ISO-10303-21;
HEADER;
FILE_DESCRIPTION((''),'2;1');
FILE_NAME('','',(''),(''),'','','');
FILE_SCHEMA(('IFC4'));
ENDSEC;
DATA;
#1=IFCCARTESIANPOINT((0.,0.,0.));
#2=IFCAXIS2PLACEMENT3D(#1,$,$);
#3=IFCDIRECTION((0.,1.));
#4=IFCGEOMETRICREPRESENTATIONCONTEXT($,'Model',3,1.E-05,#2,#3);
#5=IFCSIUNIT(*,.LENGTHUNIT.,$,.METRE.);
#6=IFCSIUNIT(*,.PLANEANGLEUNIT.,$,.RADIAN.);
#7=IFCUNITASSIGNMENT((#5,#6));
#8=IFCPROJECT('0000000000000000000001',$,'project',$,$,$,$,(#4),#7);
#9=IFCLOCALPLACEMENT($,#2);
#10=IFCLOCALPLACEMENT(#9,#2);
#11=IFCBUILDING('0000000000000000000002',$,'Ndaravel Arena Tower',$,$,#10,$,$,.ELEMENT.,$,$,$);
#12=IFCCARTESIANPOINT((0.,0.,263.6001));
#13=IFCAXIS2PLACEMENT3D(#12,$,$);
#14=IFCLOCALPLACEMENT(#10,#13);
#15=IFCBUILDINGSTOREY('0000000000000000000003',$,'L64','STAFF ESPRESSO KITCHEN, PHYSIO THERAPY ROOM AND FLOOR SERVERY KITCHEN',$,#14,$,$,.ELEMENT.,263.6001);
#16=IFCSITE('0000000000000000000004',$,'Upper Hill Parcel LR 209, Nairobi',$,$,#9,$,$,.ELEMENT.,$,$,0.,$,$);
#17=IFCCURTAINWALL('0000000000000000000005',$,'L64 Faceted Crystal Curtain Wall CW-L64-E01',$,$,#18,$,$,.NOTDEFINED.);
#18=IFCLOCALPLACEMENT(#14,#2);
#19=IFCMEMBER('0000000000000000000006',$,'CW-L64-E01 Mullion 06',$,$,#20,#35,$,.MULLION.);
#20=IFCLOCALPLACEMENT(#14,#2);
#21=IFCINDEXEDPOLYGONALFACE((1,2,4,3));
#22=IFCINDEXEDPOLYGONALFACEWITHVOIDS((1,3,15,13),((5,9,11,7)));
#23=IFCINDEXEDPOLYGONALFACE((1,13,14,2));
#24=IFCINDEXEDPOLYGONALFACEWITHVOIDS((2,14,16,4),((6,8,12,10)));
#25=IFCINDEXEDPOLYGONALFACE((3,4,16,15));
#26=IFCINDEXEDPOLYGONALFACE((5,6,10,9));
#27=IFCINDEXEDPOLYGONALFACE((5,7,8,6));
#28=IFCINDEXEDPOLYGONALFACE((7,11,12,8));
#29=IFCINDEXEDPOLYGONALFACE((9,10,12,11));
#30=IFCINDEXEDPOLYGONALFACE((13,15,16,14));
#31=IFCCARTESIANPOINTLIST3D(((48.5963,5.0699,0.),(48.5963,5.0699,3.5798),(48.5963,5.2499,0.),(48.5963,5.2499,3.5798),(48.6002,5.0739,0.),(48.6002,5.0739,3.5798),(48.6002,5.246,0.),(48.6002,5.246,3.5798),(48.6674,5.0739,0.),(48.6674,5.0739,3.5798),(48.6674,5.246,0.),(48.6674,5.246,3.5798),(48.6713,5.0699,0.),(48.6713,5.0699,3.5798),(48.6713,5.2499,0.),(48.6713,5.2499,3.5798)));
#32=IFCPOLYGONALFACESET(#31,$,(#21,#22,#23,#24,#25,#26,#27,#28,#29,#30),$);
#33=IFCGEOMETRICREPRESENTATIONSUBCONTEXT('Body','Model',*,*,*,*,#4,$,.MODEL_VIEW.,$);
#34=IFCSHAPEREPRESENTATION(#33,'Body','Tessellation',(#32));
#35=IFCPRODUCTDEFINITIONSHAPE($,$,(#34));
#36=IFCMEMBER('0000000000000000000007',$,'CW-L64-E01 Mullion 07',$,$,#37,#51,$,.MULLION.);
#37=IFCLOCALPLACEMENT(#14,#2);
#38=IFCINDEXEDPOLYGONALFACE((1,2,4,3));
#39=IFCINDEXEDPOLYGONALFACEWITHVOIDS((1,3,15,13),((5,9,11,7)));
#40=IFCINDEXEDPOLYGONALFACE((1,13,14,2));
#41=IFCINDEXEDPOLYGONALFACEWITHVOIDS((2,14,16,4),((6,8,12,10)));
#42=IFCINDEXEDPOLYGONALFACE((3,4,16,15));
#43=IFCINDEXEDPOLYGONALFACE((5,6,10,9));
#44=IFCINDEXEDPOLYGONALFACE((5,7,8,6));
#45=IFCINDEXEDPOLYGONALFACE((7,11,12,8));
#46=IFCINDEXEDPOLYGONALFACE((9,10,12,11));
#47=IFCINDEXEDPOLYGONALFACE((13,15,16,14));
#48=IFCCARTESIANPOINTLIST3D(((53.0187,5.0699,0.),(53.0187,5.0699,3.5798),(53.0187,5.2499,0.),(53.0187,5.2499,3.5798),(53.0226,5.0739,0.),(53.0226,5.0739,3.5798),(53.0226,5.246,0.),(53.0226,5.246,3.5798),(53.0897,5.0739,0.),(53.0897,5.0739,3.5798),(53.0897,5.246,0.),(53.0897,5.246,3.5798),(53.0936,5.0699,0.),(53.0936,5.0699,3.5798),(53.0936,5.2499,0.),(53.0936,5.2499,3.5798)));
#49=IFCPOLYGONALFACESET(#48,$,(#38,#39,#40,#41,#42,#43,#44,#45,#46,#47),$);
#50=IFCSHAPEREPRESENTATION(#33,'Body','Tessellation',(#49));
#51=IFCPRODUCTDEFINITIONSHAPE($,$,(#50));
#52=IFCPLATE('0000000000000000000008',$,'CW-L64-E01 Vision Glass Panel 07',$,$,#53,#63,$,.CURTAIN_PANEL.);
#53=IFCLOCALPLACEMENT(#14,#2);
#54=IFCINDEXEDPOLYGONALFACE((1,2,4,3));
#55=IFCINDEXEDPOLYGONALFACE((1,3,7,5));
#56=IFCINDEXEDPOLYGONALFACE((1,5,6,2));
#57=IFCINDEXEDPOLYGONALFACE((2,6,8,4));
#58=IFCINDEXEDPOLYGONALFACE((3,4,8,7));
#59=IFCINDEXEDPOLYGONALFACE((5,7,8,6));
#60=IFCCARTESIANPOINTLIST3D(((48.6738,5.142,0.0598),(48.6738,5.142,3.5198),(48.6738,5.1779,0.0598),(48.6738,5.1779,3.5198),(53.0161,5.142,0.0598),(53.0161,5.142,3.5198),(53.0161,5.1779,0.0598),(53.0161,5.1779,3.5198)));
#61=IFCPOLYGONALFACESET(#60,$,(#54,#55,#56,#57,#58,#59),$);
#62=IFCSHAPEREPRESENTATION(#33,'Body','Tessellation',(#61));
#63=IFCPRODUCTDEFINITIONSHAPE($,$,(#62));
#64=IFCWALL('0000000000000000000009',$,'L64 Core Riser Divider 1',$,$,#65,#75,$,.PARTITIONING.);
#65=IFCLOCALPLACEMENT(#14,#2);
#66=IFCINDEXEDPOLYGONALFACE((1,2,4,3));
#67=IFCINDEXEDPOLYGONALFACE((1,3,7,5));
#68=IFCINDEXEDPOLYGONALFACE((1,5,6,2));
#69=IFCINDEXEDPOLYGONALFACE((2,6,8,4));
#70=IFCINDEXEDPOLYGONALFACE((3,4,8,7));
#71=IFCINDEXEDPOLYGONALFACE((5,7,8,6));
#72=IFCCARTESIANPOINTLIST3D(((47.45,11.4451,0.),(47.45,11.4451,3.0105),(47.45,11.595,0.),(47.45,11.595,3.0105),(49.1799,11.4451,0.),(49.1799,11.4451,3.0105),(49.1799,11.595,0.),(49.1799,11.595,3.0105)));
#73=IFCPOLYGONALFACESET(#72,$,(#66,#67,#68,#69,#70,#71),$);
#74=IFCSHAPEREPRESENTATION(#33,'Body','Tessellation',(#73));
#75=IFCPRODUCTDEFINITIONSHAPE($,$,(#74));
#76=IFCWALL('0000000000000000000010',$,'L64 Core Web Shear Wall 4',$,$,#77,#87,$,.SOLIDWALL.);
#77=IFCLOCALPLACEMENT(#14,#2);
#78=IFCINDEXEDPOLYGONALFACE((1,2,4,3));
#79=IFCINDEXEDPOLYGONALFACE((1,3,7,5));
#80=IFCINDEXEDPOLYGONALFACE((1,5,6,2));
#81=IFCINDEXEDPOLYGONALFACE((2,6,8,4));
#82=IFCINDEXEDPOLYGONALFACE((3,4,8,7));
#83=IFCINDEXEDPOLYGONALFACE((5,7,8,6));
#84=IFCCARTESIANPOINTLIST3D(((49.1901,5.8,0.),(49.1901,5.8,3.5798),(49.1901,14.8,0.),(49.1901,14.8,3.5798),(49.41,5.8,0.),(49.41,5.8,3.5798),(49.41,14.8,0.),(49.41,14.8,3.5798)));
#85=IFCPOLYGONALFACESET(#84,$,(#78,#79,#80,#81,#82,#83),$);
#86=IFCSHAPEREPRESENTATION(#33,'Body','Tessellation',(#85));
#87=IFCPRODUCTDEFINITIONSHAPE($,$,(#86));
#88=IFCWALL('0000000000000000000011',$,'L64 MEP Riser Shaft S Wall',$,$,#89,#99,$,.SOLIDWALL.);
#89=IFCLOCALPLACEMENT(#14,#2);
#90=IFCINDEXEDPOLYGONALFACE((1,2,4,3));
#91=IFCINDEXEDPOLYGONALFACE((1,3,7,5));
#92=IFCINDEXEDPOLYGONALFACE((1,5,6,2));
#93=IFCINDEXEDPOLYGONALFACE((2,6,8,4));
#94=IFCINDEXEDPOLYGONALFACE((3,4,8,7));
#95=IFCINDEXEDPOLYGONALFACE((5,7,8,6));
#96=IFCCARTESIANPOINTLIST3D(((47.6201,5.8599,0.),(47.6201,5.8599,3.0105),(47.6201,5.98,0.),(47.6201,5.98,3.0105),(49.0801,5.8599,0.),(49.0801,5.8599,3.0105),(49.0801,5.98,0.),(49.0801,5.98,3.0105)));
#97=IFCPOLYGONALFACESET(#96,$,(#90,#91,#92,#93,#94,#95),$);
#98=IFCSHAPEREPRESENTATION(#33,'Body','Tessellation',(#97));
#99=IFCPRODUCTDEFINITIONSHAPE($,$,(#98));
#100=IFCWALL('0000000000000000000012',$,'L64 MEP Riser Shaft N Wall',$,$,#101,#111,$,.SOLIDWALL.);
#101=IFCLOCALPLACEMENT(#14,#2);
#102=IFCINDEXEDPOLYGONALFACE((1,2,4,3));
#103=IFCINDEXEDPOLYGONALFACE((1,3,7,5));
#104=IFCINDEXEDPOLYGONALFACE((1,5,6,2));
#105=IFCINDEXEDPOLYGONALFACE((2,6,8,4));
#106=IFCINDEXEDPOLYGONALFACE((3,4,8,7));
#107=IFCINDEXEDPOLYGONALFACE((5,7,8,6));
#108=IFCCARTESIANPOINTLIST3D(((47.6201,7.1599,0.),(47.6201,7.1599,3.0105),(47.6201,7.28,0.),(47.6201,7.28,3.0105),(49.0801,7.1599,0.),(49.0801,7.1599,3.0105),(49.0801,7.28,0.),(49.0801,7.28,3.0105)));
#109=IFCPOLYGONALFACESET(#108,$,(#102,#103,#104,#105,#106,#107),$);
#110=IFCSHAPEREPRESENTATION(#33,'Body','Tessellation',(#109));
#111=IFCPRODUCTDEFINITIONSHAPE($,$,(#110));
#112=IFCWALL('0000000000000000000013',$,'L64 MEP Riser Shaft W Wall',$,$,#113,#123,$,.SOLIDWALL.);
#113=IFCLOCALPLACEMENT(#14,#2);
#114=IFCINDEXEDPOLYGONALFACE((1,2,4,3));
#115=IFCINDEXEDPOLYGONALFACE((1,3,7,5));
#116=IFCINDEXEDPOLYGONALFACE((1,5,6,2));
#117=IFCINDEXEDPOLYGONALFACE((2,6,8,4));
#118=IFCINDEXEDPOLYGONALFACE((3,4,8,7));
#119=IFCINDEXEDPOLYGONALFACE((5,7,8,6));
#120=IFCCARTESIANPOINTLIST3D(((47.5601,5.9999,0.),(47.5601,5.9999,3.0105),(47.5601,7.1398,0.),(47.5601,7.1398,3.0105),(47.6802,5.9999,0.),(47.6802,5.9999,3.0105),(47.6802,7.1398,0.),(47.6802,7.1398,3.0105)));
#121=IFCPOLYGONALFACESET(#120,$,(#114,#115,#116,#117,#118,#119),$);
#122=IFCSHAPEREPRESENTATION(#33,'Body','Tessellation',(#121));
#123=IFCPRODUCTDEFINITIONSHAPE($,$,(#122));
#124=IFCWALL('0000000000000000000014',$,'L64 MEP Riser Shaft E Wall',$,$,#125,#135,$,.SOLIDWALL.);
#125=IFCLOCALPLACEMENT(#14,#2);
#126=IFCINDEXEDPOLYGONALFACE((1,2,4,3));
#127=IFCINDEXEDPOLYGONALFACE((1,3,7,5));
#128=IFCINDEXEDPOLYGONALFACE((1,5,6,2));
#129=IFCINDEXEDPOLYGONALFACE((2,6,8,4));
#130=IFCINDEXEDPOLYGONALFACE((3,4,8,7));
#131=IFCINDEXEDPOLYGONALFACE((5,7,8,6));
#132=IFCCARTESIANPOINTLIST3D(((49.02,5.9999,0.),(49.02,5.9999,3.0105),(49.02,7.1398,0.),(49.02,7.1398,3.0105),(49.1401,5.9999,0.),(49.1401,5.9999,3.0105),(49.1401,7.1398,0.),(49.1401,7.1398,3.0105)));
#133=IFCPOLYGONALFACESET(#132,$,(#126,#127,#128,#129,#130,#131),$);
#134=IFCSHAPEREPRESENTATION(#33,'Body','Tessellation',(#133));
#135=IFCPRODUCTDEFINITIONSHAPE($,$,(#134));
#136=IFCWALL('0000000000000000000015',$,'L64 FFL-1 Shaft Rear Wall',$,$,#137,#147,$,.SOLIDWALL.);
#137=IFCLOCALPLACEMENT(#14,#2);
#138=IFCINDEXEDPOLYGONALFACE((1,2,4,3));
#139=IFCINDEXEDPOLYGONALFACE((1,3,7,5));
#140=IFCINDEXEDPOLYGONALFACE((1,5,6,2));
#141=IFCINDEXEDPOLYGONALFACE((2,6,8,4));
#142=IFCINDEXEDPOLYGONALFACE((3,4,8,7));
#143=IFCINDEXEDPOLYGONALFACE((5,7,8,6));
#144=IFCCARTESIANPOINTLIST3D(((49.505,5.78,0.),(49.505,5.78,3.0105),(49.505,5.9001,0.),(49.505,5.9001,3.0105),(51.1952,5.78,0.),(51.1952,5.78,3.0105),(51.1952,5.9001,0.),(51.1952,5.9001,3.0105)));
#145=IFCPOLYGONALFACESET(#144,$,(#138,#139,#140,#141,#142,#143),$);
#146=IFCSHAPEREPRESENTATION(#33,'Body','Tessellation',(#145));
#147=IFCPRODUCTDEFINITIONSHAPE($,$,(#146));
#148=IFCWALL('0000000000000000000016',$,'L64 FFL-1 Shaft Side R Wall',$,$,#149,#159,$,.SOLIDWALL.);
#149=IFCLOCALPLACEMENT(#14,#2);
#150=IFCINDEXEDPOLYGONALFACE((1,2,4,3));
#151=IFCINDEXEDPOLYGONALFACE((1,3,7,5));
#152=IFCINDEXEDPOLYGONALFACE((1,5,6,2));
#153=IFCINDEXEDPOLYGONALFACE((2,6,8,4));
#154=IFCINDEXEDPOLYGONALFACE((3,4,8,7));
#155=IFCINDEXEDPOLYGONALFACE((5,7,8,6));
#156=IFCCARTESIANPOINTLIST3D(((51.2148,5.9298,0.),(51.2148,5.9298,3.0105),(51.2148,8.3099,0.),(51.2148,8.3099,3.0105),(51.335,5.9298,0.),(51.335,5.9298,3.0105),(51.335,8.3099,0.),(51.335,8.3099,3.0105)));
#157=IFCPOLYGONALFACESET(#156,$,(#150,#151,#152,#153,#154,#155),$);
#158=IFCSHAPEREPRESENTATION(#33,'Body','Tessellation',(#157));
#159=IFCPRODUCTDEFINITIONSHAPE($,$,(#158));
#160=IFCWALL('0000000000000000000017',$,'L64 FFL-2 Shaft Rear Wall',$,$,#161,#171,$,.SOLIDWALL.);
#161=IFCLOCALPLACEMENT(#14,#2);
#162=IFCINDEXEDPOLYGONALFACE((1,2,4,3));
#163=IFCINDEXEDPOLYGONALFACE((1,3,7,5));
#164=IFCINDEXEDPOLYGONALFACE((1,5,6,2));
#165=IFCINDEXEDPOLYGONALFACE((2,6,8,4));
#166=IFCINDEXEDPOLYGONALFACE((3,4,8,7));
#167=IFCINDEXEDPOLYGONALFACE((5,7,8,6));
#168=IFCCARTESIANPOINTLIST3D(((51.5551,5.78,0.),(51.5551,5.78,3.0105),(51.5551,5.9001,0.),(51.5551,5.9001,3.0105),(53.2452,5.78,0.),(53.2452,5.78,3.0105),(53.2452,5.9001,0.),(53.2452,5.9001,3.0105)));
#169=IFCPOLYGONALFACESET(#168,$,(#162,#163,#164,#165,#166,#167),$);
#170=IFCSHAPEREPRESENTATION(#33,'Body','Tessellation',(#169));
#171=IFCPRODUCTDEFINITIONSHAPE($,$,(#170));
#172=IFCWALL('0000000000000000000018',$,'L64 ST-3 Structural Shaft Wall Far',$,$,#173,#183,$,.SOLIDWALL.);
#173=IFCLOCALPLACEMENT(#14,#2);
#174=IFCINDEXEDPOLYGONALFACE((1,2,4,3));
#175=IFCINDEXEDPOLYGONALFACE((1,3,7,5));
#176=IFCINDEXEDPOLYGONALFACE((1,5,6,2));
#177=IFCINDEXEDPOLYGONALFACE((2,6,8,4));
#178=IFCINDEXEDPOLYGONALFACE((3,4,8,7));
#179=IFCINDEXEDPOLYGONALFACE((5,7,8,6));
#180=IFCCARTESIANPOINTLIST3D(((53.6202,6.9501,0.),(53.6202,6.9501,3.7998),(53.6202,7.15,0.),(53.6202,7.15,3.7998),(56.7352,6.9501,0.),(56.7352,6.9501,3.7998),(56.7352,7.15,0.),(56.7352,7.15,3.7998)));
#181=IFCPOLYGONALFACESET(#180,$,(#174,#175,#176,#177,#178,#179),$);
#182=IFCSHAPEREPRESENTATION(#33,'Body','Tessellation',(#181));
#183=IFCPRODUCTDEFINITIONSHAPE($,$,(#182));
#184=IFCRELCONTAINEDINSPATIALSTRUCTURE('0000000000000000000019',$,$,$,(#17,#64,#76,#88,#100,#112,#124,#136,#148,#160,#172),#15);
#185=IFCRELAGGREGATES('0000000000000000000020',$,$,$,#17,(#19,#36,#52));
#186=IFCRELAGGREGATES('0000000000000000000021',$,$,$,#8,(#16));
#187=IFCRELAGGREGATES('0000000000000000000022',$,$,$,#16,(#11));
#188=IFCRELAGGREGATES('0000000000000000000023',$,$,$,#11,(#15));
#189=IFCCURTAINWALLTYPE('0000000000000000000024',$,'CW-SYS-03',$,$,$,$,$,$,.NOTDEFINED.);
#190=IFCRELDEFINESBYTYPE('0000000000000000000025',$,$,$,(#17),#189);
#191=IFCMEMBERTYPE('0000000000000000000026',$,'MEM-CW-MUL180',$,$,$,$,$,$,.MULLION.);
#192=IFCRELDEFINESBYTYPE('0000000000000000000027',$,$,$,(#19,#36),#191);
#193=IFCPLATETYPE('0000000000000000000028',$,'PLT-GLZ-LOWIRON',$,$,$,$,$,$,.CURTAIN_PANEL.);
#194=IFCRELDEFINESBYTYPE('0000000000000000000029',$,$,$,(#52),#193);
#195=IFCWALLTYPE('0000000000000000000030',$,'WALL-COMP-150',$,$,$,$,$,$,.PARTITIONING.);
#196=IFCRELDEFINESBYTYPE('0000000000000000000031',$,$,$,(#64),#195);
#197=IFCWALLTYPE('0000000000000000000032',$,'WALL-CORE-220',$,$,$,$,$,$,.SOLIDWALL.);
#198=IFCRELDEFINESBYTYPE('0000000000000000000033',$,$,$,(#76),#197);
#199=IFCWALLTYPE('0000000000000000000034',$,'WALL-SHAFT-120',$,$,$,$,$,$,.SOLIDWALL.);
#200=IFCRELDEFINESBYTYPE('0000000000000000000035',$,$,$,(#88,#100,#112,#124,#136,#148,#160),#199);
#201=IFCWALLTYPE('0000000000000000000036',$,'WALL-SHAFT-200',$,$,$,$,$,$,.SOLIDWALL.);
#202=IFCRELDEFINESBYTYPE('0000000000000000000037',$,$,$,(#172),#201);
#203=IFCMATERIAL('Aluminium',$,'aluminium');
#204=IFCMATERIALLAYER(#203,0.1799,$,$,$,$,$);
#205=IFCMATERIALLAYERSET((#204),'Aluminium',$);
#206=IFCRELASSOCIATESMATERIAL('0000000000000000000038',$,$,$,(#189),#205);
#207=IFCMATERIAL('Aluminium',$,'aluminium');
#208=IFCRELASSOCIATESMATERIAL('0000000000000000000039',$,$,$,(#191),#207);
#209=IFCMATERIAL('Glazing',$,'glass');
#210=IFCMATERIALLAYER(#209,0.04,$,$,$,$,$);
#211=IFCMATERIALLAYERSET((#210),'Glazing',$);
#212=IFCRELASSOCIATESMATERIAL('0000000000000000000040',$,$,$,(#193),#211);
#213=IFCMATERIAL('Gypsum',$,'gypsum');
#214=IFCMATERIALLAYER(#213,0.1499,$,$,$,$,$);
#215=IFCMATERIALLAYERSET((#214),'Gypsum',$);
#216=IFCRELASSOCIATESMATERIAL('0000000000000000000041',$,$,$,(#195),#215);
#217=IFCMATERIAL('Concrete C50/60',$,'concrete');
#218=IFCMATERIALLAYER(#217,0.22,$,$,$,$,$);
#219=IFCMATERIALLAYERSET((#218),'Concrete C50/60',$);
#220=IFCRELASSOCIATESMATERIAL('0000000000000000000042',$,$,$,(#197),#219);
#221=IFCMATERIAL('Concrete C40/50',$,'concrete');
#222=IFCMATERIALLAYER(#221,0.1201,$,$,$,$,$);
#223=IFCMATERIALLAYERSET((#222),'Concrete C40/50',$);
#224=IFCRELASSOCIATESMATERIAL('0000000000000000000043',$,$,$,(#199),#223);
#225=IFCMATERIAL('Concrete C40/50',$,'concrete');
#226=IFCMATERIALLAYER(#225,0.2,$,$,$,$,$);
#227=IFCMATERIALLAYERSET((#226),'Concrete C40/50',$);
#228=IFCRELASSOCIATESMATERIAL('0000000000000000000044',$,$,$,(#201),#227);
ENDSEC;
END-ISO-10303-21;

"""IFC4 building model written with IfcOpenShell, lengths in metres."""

from ifc_helpers import new_model, si_unit, direction, frame, frame_2d, origin, origin_2d, place, context, subcontext, project, spatial, rectangle, hollow_rectangle, extrude, material, layer, layer_set, material_profile, profile_set, type_object, element, aggregate, save


model = new_model("IFC4")

# Units and contexts
model_context = context("Model", 3, precision=1e-05, world=origin(), true_north=direction((0.0, 1.0)))
body_context = subcontext(model_context, "Body", "Model", "MODEL_VIEW")
ifc_project = project(units=[si_unit("LENGTHUNIT", "METRE"), si_unit("PLANEANGLEUNIT", "RADIAN")], contexts=[model_context])

# Site, building, storey
site_placement = place(None, origin())
site = spatial("IfcSite", under=ifc_project, at=site_placement, Name="Upper Hill Parcel LR 209, Nairobi", CompositionType="ELEMENT", RefElevation=0.0)
building_placement = place(site_placement, origin())
building = spatial("IfcBuilding", under=site, at=building_placement, Name="Ndaravel Arena Tower", CompositionType="ELEMENT")
storey_placement = place(building_placement, frame((0.0, 0.0, 263.6001)))
storey = spatial("IfcBuildingStorey", under=building, at=storey_placement, Name="L64", Description="STAFF ESPRESSO KITCHEN, PHYSIO THERAPY ROOM AND FLOOR SERVERY KITCHEN", CompositionType="ELEMENT", Elevation=263.6001)

# Curtain wall, members, plate
ifc_material_1 = material(Name="Aluminium", Category="aluminium")
ifc_layer_1 = layer(ifc_material_1, 0.1799)
ifc_layer_set_1 = layer_set([ifc_layer_1], Name="Aluminium")
curtain_wall_type = type_object("IfcCurtainWallType", Name="CW-SYS-03", PredefinedType="NOTDEFINED", material=ifc_layer_set_1)
curtain_wall_placement = place(storey_placement, origin())
curtain_wall = element("IfcCurtainWall", 1, at=curtain_wall_placement, inside=storey, type_object=curtain_wall_type, Name="L64 Faceted Crystal Curtain Wall CW-L64-E01", PredefinedType="NOTDEFINED")
ifc_material_2 = material(Name="Aluminium", Category="aluminium")
ifc_material_profile = material_profile(ifc_material_2, hollow_rectangle(XDim=0.075, YDim=0.1799, WallThickness=0.0039, at=origin_2d()), Name="CW MULLION 75x180x4")
ifc_profile_set = profile_set([ifc_material_profile], Name="Aluminium")
member_type = type_object("IfcMemberType", Name="MEM-CW-MUL180", PredefinedType="MULLION", material=ifc_profile_set)
member_1_placement = place(storey_placement, frame((48.6338, 5.1599, 0.0), z_axis=(0.0, 0.0, 1.0), x_axis=(1.0, 0.0, 0.0)))
member_1 = element("IfcMember", 2, at=member_1_placement, type_object=member_type, Name="CW-L64-E01 Mullion 06", PredefinedType="MULLION", context=body_context, shape_type="SweptSolid", body=[
    extrude(hollow_rectangle(XDim=0.075, YDim=0.1799, WallThickness=0.0039, at=origin_2d()), origin(), (0.0, 0.0, 1.0), 3.5798),
])
member_2_placement = place(storey_placement, frame((53.0562, 5.1599, 0.0), z_axis=(0.0, 0.0, 1.0), x_axis=(1.0, 0.0, 0.0)))
member_2 = element("IfcMember", 3, at=member_2_placement, type_object=member_type, Name="CW-L64-E01 Mullion 07", PredefinedType="MULLION", context=body_context, shape_type="SweptSolid", body=[
    extrude(hollow_rectangle(XDim=0.075, YDim=0.1799, WallThickness=0.0039, at=origin_2d()), origin(), (0.0, 0.0, 1.0), 3.5798),
])
ifc_material_3 = material(Name="Glazing", Category="glass")
ifc_layer_2 = layer(ifc_material_3, 0.04)
ifc_layer_set_2 = layer_set([ifc_layer_2], Name="Glazing")
plate_type = type_object("IfcPlateType", Name="PLT-GLZ-LOWIRON", PredefinedType="CURTAIN_PANEL", material=ifc_layer_set_2)
plate_placement = place(storey_placement, frame((50.845, 5.1599, 0.0598), z_axis=(0.0, 0.0, 1.0), x_axis=(1.0, 0.0, 0.0)))
plate = element("IfcPlate", 4, at=plate_placement, type_object=plate_type, Name="CW-L64-E01 Vision Glass Panel 07", PredefinedType="CURTAIN_PANEL", context=body_context, shape_type="SweptSolid", body=[
    extrude(rectangle(XDim=4.3423, YDim=0.0359, at=origin_2d()), origin(), (0.0, 0.0, 1.0), 3.46),
])
aggregate(curtain_wall, [member_1, member_2, plate])

# Walls
ifc_material_4 = material(Name="Gypsum", Category="gypsum")
ifc_layer_3 = layer(ifc_material_4, 0.1499)
ifc_layer_set_3 = layer_set([ifc_layer_3], Name="Gypsum")
wall_type_1 = type_object("IfcWallType", Name="WALL-COMP-150", PredefinedType="PARTITIONING", material=ifc_layer_set_3)
wall_1_placement = place(storey_placement, frame((47.45, 11.52, 0.0), z_axis=(0.0, 0.0, 1.0), x_axis=(1.0, 0.0, 0.0)))
element("IfcWall", 5, at=wall_1_placement, inside=storey, type_object=wall_type_1, Name="L64 Core Riser Divider 1", PredefinedType="PARTITIONING", context=body_context, shape_type="SweptSolid", body=[
    extrude(rectangle(XDim=1.73, YDim=0.1499, at=frame_2d((0.865, 0.0))), origin(), (0.0, 0.0, 1.0), 3.0105),
])
ifc_material_5 = material(Name="Concrete C50/60", Category="concrete")
ifc_layer_4 = layer(ifc_material_5, 0.22)
ifc_layer_set_4 = layer_set([ifc_layer_4], Name="Concrete C50/60")
wall_type_2 = type_object("IfcWallType", Name="WALL-CORE-220", PredefinedType="SOLIDWALL", material=ifc_layer_set_4)
wall_2_placement = place(storey_placement, frame((49.3, 5.8, 0.0), z_axis=(0.0, 0.0, 1.0), x_axis=(0.0, 1.0, 0.0)))
element("IfcWall", 6, at=wall_2_placement, inside=storey, type_object=wall_type_2, Name="L64 Core Web Shear Wall 4", PredefinedType="SOLIDWALL", context=body_context, shape_type="SweptSolid", body=[
    extrude(rectangle(XDim=9.0, YDim=0.22, at=frame_2d((4.5, 0.0))), origin(), (0.0, 0.0, 1.0), 3.5798),
])

# Walls
ifc_material_6 = material(Name="Concrete C40/50", Category="concrete")
ifc_layer_5 = layer(ifc_material_6, 0.1201)
ifc_layer_set_5 = layer_set([ifc_layer_5], Name="Concrete C40/50")
wall_type_3 = type_object("IfcWallType", Name="WALL-SHAFT-120", PredefinedType="SOLIDWALL", material=ifc_layer_set_5)
for number, where, z_axis, x_axis, name in (
    (7, (47.6201, 5.9199, 0.0), (0.0, 0.0, 1.0), (1.0, 0.0, 0.0), "L64 MEP Riser Shaft S Wall"),
    (8, (47.6201, 7.22, 0.0), (0.0, 0.0, 1.0), (1.0, 0.0, 0.0), "L64 MEP Riser Shaft N Wall"),
):
    element("IfcWall", number, at=place(storey_placement, frame(where, z_axis=z_axis, x_axis=x_axis)), inside=storey, type_object=wall_type_3, Name=name, PredefinedType="SOLIDWALL", context=body_context, shape_type="SweptSolid", body=[
        extrude(rectangle(XDim=1.46, YDim=0.1201, at=frame_2d((0.73, 0.0))), origin(), (0.0, 0.0, 1.0), 3.0105),
    ])
for number, where, z_axis, x_axis, name in (
    (9, (47.6201, 6.0, 0.0), (0.0, 0.0, 1.0), (0.0, 1.0, 0.0), "L64 MEP Riser Shaft W Wall"),
    (10, (49.0801, 6.0, 0.0), (0.0, 0.0, 1.0), (0.0, 1.0, 0.0), "L64 MEP Riser Shaft E Wall"),
):
    element("IfcWall", number, at=place(storey_placement, frame(where, z_axis=z_axis, x_axis=x_axis)), inside=storey, type_object=wall_type_3, Name=name, PredefinedType="SOLIDWALL", context=body_context, shape_type="SweptSolid", body=[
        extrude(rectangle(XDim=1.1399, YDim=0.1201, at=frame_2d((0.5698, 0.0))), origin(), (0.0, 0.0, 1.0), 3.0105),
    ])
wall_3_placement = place(storey_placement, frame((49.5049, 5.8401, 0.0), z_axis=(0.0, 0.0, 1.0), x_axis=(1.0, 0.0, 0.0)))
element("IfcWall", 11, at=wall_3_placement, inside=storey, type_object=wall_type_3, Name="L64 FFL-1 Shaft Rear Wall", PredefinedType="SOLIDWALL", context=body_context, shape_type="SweptSolid", body=[
    extrude(rectangle(XDim=1.6902, YDim=0.1201, at=frame_2d((0.8452, 0.0))), origin(), (0.0, 0.0, 1.0), 3.0105),
])
wall_4_placement = place(storey_placement, frame((51.2749, 5.9299, 0.0), z_axis=(0.0, 0.0, 1.0), x_axis=(0.0, 1.0, 0.0)))
element("IfcWall", 12, at=wall_4_placement, inside=storey, type_object=wall_type_3, Name="L64 FFL-1 Shaft Side R Wall", PredefinedType="SOLIDWALL", context=body_context, shape_type="SweptSolid", body=[
    extrude(rectangle(XDim=2.3801, YDim=0.1201, at=frame_2d((1.1899, 0.0))), origin(), (0.0, 0.0, 1.0), 3.0105),
])
wall_5_placement = place(storey_placement, frame((51.5549, 5.8401, 0.0), z_axis=(0.0, 0.0, 1.0), x_axis=(1.0, 0.0, 0.0)))
element("IfcWall", 13, at=wall_5_placement, inside=storey, type_object=wall_type_3, Name="L64 FFL-2 Shaft Rear Wall", PredefinedType="SOLIDWALL", context=body_context, shape_type="SweptSolid", body=[
    extrude(rectangle(XDim=1.6902, YDim=0.1201, at=frame_2d((0.8452, 0.0))), origin(), (0.0, 0.0, 1.0), 3.0105),
])
ifc_material_7 = material(Name="Concrete C40/50", Category="concrete")
ifc_layer_6 = layer(ifc_material_7, 0.2)
ifc_layer_set_6 = layer_set([ifc_layer_6], Name="Concrete C40/50")
wall_type_4 = type_object("IfcWallType", Name="WALL-SHAFT-200", PredefinedType="SOLIDWALL", material=ifc_layer_set_6)
wall_6_placement = place(storey_placement, frame((53.6201, 7.05, 0.0), z_axis=(0.0, 0.0, 1.0), x_axis=(1.0, 0.0, 0.0)))
element("IfcWall", 14, at=wall_6_placement, inside=storey, type_object=wall_type_4, Name="L64 ST-3 Structural Shaft Wall Far", PredefinedType="SOLIDWALL", context=body_context, shape_type="SweptSolid", body=[
    extrude(rectangle(XDim=3.115, YDim=0.2, at=frame_2d((1.5576, 0.0))), origin(), (0.0, 0.0, 1.0), 3.7998),
])

save(model, "model.ifc")
